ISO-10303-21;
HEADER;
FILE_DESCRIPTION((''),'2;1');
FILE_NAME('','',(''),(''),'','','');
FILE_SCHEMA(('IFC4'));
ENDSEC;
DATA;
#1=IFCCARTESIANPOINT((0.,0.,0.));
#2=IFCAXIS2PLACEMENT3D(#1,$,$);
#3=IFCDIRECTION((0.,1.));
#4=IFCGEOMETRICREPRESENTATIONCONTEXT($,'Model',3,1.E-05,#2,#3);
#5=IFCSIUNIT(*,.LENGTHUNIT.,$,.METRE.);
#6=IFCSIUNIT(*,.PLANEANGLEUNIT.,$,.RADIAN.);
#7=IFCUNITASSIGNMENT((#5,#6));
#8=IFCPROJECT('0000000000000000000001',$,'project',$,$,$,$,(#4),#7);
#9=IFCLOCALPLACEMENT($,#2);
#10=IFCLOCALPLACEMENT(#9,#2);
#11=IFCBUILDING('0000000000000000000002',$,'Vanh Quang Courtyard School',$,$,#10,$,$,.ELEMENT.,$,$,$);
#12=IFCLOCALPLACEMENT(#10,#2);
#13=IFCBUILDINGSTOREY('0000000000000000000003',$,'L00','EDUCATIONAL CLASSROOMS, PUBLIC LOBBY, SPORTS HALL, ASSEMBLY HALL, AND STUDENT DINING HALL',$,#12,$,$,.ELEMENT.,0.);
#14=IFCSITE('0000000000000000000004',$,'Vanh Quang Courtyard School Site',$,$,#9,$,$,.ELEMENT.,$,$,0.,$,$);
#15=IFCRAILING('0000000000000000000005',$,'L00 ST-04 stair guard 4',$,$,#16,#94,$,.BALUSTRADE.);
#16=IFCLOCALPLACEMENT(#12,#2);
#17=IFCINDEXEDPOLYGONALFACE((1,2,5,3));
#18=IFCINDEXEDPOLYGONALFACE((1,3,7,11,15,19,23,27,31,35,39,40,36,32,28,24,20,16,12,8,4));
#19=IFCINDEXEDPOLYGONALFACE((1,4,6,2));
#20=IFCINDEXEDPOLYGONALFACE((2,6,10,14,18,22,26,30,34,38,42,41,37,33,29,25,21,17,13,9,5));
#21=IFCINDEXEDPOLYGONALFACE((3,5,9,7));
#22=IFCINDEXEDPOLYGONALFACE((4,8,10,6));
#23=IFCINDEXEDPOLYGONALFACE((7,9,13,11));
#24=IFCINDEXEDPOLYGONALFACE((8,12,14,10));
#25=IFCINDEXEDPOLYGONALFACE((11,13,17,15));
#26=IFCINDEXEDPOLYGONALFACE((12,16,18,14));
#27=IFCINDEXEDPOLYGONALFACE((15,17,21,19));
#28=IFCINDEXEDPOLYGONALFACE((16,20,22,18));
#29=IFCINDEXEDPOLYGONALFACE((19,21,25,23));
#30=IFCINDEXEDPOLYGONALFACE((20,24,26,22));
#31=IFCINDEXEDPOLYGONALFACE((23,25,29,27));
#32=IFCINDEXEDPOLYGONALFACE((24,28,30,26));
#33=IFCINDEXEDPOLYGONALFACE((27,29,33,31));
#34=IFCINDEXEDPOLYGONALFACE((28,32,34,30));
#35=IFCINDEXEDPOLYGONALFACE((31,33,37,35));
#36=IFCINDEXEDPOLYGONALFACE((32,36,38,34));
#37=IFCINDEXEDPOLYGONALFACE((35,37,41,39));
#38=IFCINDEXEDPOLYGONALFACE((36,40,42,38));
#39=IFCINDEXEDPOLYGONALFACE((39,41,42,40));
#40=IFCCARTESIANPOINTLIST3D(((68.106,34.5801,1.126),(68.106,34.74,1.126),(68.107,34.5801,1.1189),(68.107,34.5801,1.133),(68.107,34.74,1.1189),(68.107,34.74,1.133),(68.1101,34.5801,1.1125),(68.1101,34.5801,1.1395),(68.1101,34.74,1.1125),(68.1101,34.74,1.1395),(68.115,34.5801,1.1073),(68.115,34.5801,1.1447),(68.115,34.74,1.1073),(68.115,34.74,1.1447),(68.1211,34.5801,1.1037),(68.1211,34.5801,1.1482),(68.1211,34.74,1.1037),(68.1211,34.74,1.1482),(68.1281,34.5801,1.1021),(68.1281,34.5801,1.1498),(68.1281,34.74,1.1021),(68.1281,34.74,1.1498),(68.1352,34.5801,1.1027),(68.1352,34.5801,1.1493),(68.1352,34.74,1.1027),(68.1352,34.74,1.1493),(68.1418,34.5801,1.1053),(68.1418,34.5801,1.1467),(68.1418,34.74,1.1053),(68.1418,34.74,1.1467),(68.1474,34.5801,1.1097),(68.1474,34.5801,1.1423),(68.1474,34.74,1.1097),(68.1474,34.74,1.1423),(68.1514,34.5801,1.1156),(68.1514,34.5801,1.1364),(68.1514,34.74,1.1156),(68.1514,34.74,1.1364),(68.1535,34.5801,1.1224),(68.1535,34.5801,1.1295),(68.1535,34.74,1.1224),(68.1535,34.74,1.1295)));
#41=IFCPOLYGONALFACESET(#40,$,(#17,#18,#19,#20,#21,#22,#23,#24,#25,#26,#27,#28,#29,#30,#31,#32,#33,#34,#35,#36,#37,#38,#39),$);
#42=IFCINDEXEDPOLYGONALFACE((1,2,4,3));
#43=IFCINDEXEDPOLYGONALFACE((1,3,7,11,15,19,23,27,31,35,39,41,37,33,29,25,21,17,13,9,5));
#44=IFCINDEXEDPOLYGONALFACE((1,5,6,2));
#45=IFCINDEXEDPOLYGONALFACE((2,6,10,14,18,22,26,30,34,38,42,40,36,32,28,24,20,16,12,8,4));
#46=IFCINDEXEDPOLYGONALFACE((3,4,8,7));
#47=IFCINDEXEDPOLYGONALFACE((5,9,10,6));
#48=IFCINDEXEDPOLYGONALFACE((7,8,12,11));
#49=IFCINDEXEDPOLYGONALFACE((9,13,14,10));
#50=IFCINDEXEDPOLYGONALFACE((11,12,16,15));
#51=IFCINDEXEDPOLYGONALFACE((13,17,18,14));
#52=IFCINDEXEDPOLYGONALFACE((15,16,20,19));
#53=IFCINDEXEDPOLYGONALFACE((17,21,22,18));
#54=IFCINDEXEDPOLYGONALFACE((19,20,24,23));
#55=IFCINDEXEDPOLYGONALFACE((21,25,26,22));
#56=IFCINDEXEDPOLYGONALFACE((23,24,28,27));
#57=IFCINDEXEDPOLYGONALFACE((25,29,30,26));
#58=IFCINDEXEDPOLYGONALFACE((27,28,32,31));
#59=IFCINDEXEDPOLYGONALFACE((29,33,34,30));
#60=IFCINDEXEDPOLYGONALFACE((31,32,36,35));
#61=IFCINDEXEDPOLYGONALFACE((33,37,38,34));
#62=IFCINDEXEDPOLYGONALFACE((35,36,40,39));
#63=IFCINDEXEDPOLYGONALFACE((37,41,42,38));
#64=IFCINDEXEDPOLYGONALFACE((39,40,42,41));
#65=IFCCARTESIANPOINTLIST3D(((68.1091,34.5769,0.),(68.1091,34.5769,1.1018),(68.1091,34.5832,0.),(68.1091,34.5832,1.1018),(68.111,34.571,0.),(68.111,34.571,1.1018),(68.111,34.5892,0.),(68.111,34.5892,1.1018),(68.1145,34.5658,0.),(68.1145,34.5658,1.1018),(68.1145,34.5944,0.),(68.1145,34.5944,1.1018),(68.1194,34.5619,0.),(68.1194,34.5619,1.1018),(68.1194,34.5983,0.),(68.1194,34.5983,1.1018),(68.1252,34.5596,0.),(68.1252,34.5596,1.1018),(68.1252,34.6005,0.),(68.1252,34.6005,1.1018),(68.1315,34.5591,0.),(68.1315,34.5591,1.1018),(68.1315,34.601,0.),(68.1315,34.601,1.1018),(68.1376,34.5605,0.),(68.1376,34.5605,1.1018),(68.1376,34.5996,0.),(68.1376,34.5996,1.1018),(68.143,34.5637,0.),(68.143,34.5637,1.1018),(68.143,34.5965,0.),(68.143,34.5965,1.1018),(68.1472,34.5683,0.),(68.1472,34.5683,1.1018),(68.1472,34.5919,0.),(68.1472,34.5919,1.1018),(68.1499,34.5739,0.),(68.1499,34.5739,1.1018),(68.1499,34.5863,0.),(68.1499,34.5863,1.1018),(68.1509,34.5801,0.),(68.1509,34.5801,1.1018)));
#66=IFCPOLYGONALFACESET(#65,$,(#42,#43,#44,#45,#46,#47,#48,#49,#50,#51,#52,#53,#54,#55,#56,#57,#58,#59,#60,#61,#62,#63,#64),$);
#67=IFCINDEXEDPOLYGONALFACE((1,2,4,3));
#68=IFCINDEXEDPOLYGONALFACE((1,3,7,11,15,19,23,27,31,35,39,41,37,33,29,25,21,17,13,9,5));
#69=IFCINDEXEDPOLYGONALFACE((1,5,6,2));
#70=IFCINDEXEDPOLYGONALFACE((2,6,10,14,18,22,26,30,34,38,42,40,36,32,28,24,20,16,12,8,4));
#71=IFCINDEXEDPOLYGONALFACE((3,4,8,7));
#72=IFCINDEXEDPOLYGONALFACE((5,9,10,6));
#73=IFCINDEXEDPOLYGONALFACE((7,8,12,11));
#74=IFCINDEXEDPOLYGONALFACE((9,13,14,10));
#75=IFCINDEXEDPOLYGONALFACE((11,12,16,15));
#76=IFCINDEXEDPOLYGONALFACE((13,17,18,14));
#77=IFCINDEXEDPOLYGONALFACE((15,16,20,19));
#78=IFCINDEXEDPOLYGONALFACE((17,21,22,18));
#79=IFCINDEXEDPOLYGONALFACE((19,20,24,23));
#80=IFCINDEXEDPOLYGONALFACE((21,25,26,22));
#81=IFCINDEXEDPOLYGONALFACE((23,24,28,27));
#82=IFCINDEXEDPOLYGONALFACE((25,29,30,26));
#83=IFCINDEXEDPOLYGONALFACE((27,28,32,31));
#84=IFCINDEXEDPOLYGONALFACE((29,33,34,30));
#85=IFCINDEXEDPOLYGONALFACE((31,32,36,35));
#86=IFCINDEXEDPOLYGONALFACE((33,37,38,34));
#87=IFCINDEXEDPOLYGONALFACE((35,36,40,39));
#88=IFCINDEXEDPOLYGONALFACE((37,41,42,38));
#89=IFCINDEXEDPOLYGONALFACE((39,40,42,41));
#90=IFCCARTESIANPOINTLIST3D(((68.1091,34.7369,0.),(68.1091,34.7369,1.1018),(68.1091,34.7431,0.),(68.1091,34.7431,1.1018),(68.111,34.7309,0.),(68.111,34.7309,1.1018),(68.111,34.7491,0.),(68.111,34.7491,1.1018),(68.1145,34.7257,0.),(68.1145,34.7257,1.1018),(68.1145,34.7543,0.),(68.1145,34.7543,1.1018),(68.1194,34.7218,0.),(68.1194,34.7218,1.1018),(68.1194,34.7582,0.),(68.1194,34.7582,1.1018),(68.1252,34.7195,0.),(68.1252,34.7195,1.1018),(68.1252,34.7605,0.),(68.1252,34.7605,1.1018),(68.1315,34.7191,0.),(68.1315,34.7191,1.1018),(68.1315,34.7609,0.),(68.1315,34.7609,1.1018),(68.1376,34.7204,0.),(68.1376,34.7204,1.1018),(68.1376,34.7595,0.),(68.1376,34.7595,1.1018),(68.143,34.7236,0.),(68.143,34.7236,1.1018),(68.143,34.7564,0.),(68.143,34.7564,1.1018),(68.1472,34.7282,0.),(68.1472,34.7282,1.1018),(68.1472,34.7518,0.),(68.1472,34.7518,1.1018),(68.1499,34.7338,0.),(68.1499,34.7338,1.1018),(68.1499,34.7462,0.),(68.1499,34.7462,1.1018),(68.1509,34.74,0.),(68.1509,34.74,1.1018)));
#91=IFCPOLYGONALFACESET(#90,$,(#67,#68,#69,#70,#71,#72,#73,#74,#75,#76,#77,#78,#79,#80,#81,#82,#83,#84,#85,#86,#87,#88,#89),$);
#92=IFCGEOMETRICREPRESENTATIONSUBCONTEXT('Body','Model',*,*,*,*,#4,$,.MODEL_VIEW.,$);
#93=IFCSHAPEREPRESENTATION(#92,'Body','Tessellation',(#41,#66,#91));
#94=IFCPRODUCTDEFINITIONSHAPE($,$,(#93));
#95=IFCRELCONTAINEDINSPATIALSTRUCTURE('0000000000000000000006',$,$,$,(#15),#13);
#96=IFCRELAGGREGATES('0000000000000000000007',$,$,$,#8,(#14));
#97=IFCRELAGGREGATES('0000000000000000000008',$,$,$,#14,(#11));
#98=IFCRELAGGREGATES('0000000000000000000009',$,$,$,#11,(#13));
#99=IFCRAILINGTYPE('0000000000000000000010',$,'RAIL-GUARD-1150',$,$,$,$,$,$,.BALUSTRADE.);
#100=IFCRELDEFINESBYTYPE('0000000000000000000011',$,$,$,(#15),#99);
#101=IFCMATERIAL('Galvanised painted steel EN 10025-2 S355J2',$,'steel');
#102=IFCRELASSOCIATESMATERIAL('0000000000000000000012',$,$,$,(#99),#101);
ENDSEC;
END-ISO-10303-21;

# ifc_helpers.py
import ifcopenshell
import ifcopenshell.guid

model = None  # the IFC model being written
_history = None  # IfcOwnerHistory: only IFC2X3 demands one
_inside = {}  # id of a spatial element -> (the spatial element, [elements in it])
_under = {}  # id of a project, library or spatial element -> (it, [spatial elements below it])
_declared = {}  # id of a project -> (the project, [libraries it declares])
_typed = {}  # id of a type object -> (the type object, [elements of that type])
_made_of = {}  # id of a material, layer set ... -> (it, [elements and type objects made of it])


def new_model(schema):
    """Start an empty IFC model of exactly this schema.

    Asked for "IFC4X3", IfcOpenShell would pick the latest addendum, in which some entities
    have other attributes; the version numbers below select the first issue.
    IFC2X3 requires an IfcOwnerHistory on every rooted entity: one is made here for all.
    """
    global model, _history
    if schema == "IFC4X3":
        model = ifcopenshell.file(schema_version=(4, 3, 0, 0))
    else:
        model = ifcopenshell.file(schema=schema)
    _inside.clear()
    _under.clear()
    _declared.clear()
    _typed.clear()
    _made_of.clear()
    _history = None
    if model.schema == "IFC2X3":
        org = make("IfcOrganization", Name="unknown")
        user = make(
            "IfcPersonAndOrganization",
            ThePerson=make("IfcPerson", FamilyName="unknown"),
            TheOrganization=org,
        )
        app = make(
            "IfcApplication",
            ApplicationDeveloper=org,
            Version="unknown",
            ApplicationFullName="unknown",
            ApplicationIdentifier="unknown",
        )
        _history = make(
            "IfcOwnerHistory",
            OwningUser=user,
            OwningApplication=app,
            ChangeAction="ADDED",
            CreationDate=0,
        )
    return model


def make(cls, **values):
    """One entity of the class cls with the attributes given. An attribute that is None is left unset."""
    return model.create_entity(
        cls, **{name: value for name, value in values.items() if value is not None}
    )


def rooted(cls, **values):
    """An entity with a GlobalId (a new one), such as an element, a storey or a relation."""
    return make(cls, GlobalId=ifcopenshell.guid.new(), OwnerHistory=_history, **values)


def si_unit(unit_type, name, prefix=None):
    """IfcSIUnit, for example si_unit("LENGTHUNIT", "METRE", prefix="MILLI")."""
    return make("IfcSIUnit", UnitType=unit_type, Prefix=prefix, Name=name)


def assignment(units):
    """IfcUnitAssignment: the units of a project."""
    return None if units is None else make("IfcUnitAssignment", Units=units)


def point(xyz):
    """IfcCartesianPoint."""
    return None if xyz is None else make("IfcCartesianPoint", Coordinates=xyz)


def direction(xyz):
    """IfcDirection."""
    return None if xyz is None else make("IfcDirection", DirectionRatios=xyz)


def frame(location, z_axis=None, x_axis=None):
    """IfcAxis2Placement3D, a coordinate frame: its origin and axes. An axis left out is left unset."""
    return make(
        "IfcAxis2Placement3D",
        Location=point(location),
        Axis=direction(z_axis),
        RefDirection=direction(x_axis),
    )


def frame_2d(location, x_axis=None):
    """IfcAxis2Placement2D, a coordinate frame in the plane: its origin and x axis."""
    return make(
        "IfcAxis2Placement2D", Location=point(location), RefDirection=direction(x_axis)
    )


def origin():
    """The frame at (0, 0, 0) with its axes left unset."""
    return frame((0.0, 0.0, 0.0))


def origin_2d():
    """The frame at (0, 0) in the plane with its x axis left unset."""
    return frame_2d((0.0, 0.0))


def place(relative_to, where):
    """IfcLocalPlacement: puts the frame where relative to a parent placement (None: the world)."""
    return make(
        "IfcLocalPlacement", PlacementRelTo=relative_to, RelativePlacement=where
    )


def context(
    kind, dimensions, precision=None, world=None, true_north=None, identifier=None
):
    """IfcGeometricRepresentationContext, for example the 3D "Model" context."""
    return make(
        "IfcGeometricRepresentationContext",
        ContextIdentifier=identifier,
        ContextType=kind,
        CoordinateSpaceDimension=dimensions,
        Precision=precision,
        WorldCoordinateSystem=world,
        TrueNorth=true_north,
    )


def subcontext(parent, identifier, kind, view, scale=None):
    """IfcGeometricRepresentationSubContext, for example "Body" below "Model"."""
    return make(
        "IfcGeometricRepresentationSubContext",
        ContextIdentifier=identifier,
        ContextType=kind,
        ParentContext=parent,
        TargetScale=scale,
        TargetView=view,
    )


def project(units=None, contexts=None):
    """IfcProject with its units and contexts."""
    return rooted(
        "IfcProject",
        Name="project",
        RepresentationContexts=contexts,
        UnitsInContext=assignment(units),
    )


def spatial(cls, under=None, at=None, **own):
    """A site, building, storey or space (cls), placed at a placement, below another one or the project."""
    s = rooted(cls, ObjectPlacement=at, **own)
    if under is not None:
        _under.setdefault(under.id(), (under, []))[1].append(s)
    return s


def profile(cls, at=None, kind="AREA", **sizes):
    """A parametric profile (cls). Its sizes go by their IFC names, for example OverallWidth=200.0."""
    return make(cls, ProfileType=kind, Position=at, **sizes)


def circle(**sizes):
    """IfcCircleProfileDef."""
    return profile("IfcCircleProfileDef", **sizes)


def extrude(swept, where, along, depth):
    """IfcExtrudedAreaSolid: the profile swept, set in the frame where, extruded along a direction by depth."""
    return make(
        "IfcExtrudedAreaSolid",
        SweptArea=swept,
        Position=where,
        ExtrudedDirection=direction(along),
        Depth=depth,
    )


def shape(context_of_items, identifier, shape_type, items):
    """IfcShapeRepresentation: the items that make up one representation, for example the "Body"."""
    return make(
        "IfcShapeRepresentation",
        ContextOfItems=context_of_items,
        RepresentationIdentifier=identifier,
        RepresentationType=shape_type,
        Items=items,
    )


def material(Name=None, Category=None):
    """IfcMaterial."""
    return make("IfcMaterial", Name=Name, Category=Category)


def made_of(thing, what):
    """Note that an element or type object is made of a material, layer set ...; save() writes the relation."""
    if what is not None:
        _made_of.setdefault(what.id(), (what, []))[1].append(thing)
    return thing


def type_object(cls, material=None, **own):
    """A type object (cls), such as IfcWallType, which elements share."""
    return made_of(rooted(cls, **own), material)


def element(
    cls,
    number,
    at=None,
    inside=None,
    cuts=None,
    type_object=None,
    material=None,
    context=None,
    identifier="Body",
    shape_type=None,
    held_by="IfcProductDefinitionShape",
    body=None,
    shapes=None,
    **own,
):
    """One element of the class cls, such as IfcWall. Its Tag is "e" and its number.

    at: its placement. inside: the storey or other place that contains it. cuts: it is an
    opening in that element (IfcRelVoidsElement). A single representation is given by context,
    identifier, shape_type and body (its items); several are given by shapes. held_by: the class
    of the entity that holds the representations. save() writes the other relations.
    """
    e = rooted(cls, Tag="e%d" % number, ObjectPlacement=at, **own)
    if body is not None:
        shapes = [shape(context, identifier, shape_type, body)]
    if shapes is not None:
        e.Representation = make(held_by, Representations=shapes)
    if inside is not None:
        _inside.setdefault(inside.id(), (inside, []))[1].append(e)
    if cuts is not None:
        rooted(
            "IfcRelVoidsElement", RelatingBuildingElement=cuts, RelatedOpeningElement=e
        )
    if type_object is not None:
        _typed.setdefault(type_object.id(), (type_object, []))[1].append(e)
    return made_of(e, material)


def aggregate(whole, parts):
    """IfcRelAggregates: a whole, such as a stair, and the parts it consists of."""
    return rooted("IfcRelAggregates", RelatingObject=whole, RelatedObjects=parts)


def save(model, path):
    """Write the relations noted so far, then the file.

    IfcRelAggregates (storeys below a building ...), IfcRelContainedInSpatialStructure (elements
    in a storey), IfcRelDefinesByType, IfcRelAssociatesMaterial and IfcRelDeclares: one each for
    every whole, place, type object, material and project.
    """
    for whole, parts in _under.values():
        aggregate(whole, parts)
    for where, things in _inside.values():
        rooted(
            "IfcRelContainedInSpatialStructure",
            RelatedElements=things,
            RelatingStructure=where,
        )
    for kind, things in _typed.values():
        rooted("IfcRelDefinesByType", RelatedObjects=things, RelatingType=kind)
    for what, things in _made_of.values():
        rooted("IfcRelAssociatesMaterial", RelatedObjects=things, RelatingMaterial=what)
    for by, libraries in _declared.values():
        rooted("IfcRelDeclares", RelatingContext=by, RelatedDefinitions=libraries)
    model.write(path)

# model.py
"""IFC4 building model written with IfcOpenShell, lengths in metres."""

from ifc_helpers import new_model, si_unit, direction, frame, origin, origin_2d, place, context, subcontext, project, spatial, circle, extrude, material, type_object, element, save


model = new_model("IFC4")

# Units and contexts
model_context = context("Model", 3, precision=1e-05, world=origin(), true_north=direction((0.0, 1.0)))
body_context = subcontext(model_context, "Body", "Model", "MODEL_VIEW")
ifc_project = project(units=[si_unit("LENGTHUNIT", "METRE"), si_unit("PLANEANGLEUNIT", "RADIAN")], contexts=[model_context])

# Site, building, storey
site_placement = place(None, origin())
site = spatial("IfcSite", under=ifc_project, at=site_placement, Name="Vanh Quang Courtyard School Site", CompositionType="ELEMENT", RefElevation=0.0)
building_placement = place(site_placement, origin())
building = spatial("IfcBuilding", under=site, at=building_placement, Name="Vanh Quang Courtyard School", CompositionType="ELEMENT")
storey_placement = place(building_placement, origin())
storey = spatial("IfcBuildingStorey", under=building, at=storey_placement, Name="L00", Description="EDUCATIONAL CLASSROOMS, PUBLIC LOBBY, SPORTS HALL, ASSEMBLY HALL, AND STUDENT DINING HALL", CompositionType="ELEMENT", Elevation=0.0)

# Railing
ifc_material_1 = material(Name="Galvanised painted steel EN 10025-2 S355J2", Category="steel")
railing_type_1 = type_object("IfcRailingType", Name="RAIL-GUARD-1150", PredefinedType="BALUSTRADE", material=ifc_material_1)
railing_1_placement = place(storey_placement, frame((68.1299, 34.5801, 0.0)))
element("IfcRailing", 1, at=railing_1_placement, inside=storey, type_object=railing_type_1, Name="L00 ST-04 stair guard 4", PredefinedType="BALUSTRADE", context=body_context, shape_type="SweptSolid", body=[
    extrude(circle(Radius=0.0239, at=origin_2d()), frame((0.0, 0.0, 1.126), z_axis=(0.0, 1.0, 0.0), x_axis=(-1.0, 0.0, 0.0)), (0.0, 0.0, 1.0), 0.1599),
    extrude(circle(Radius=0.021, at=origin_2d()), origin(), (0.0, 0.0, 1.0), 1.1018),
    extrude(circle(Radius=0.021, at=origin_2d()), frame((0.0, 0.1599, 0.0)), (0.0, 0.0, 1.0), 1.1018),
])

save(model, "model.ifc")
